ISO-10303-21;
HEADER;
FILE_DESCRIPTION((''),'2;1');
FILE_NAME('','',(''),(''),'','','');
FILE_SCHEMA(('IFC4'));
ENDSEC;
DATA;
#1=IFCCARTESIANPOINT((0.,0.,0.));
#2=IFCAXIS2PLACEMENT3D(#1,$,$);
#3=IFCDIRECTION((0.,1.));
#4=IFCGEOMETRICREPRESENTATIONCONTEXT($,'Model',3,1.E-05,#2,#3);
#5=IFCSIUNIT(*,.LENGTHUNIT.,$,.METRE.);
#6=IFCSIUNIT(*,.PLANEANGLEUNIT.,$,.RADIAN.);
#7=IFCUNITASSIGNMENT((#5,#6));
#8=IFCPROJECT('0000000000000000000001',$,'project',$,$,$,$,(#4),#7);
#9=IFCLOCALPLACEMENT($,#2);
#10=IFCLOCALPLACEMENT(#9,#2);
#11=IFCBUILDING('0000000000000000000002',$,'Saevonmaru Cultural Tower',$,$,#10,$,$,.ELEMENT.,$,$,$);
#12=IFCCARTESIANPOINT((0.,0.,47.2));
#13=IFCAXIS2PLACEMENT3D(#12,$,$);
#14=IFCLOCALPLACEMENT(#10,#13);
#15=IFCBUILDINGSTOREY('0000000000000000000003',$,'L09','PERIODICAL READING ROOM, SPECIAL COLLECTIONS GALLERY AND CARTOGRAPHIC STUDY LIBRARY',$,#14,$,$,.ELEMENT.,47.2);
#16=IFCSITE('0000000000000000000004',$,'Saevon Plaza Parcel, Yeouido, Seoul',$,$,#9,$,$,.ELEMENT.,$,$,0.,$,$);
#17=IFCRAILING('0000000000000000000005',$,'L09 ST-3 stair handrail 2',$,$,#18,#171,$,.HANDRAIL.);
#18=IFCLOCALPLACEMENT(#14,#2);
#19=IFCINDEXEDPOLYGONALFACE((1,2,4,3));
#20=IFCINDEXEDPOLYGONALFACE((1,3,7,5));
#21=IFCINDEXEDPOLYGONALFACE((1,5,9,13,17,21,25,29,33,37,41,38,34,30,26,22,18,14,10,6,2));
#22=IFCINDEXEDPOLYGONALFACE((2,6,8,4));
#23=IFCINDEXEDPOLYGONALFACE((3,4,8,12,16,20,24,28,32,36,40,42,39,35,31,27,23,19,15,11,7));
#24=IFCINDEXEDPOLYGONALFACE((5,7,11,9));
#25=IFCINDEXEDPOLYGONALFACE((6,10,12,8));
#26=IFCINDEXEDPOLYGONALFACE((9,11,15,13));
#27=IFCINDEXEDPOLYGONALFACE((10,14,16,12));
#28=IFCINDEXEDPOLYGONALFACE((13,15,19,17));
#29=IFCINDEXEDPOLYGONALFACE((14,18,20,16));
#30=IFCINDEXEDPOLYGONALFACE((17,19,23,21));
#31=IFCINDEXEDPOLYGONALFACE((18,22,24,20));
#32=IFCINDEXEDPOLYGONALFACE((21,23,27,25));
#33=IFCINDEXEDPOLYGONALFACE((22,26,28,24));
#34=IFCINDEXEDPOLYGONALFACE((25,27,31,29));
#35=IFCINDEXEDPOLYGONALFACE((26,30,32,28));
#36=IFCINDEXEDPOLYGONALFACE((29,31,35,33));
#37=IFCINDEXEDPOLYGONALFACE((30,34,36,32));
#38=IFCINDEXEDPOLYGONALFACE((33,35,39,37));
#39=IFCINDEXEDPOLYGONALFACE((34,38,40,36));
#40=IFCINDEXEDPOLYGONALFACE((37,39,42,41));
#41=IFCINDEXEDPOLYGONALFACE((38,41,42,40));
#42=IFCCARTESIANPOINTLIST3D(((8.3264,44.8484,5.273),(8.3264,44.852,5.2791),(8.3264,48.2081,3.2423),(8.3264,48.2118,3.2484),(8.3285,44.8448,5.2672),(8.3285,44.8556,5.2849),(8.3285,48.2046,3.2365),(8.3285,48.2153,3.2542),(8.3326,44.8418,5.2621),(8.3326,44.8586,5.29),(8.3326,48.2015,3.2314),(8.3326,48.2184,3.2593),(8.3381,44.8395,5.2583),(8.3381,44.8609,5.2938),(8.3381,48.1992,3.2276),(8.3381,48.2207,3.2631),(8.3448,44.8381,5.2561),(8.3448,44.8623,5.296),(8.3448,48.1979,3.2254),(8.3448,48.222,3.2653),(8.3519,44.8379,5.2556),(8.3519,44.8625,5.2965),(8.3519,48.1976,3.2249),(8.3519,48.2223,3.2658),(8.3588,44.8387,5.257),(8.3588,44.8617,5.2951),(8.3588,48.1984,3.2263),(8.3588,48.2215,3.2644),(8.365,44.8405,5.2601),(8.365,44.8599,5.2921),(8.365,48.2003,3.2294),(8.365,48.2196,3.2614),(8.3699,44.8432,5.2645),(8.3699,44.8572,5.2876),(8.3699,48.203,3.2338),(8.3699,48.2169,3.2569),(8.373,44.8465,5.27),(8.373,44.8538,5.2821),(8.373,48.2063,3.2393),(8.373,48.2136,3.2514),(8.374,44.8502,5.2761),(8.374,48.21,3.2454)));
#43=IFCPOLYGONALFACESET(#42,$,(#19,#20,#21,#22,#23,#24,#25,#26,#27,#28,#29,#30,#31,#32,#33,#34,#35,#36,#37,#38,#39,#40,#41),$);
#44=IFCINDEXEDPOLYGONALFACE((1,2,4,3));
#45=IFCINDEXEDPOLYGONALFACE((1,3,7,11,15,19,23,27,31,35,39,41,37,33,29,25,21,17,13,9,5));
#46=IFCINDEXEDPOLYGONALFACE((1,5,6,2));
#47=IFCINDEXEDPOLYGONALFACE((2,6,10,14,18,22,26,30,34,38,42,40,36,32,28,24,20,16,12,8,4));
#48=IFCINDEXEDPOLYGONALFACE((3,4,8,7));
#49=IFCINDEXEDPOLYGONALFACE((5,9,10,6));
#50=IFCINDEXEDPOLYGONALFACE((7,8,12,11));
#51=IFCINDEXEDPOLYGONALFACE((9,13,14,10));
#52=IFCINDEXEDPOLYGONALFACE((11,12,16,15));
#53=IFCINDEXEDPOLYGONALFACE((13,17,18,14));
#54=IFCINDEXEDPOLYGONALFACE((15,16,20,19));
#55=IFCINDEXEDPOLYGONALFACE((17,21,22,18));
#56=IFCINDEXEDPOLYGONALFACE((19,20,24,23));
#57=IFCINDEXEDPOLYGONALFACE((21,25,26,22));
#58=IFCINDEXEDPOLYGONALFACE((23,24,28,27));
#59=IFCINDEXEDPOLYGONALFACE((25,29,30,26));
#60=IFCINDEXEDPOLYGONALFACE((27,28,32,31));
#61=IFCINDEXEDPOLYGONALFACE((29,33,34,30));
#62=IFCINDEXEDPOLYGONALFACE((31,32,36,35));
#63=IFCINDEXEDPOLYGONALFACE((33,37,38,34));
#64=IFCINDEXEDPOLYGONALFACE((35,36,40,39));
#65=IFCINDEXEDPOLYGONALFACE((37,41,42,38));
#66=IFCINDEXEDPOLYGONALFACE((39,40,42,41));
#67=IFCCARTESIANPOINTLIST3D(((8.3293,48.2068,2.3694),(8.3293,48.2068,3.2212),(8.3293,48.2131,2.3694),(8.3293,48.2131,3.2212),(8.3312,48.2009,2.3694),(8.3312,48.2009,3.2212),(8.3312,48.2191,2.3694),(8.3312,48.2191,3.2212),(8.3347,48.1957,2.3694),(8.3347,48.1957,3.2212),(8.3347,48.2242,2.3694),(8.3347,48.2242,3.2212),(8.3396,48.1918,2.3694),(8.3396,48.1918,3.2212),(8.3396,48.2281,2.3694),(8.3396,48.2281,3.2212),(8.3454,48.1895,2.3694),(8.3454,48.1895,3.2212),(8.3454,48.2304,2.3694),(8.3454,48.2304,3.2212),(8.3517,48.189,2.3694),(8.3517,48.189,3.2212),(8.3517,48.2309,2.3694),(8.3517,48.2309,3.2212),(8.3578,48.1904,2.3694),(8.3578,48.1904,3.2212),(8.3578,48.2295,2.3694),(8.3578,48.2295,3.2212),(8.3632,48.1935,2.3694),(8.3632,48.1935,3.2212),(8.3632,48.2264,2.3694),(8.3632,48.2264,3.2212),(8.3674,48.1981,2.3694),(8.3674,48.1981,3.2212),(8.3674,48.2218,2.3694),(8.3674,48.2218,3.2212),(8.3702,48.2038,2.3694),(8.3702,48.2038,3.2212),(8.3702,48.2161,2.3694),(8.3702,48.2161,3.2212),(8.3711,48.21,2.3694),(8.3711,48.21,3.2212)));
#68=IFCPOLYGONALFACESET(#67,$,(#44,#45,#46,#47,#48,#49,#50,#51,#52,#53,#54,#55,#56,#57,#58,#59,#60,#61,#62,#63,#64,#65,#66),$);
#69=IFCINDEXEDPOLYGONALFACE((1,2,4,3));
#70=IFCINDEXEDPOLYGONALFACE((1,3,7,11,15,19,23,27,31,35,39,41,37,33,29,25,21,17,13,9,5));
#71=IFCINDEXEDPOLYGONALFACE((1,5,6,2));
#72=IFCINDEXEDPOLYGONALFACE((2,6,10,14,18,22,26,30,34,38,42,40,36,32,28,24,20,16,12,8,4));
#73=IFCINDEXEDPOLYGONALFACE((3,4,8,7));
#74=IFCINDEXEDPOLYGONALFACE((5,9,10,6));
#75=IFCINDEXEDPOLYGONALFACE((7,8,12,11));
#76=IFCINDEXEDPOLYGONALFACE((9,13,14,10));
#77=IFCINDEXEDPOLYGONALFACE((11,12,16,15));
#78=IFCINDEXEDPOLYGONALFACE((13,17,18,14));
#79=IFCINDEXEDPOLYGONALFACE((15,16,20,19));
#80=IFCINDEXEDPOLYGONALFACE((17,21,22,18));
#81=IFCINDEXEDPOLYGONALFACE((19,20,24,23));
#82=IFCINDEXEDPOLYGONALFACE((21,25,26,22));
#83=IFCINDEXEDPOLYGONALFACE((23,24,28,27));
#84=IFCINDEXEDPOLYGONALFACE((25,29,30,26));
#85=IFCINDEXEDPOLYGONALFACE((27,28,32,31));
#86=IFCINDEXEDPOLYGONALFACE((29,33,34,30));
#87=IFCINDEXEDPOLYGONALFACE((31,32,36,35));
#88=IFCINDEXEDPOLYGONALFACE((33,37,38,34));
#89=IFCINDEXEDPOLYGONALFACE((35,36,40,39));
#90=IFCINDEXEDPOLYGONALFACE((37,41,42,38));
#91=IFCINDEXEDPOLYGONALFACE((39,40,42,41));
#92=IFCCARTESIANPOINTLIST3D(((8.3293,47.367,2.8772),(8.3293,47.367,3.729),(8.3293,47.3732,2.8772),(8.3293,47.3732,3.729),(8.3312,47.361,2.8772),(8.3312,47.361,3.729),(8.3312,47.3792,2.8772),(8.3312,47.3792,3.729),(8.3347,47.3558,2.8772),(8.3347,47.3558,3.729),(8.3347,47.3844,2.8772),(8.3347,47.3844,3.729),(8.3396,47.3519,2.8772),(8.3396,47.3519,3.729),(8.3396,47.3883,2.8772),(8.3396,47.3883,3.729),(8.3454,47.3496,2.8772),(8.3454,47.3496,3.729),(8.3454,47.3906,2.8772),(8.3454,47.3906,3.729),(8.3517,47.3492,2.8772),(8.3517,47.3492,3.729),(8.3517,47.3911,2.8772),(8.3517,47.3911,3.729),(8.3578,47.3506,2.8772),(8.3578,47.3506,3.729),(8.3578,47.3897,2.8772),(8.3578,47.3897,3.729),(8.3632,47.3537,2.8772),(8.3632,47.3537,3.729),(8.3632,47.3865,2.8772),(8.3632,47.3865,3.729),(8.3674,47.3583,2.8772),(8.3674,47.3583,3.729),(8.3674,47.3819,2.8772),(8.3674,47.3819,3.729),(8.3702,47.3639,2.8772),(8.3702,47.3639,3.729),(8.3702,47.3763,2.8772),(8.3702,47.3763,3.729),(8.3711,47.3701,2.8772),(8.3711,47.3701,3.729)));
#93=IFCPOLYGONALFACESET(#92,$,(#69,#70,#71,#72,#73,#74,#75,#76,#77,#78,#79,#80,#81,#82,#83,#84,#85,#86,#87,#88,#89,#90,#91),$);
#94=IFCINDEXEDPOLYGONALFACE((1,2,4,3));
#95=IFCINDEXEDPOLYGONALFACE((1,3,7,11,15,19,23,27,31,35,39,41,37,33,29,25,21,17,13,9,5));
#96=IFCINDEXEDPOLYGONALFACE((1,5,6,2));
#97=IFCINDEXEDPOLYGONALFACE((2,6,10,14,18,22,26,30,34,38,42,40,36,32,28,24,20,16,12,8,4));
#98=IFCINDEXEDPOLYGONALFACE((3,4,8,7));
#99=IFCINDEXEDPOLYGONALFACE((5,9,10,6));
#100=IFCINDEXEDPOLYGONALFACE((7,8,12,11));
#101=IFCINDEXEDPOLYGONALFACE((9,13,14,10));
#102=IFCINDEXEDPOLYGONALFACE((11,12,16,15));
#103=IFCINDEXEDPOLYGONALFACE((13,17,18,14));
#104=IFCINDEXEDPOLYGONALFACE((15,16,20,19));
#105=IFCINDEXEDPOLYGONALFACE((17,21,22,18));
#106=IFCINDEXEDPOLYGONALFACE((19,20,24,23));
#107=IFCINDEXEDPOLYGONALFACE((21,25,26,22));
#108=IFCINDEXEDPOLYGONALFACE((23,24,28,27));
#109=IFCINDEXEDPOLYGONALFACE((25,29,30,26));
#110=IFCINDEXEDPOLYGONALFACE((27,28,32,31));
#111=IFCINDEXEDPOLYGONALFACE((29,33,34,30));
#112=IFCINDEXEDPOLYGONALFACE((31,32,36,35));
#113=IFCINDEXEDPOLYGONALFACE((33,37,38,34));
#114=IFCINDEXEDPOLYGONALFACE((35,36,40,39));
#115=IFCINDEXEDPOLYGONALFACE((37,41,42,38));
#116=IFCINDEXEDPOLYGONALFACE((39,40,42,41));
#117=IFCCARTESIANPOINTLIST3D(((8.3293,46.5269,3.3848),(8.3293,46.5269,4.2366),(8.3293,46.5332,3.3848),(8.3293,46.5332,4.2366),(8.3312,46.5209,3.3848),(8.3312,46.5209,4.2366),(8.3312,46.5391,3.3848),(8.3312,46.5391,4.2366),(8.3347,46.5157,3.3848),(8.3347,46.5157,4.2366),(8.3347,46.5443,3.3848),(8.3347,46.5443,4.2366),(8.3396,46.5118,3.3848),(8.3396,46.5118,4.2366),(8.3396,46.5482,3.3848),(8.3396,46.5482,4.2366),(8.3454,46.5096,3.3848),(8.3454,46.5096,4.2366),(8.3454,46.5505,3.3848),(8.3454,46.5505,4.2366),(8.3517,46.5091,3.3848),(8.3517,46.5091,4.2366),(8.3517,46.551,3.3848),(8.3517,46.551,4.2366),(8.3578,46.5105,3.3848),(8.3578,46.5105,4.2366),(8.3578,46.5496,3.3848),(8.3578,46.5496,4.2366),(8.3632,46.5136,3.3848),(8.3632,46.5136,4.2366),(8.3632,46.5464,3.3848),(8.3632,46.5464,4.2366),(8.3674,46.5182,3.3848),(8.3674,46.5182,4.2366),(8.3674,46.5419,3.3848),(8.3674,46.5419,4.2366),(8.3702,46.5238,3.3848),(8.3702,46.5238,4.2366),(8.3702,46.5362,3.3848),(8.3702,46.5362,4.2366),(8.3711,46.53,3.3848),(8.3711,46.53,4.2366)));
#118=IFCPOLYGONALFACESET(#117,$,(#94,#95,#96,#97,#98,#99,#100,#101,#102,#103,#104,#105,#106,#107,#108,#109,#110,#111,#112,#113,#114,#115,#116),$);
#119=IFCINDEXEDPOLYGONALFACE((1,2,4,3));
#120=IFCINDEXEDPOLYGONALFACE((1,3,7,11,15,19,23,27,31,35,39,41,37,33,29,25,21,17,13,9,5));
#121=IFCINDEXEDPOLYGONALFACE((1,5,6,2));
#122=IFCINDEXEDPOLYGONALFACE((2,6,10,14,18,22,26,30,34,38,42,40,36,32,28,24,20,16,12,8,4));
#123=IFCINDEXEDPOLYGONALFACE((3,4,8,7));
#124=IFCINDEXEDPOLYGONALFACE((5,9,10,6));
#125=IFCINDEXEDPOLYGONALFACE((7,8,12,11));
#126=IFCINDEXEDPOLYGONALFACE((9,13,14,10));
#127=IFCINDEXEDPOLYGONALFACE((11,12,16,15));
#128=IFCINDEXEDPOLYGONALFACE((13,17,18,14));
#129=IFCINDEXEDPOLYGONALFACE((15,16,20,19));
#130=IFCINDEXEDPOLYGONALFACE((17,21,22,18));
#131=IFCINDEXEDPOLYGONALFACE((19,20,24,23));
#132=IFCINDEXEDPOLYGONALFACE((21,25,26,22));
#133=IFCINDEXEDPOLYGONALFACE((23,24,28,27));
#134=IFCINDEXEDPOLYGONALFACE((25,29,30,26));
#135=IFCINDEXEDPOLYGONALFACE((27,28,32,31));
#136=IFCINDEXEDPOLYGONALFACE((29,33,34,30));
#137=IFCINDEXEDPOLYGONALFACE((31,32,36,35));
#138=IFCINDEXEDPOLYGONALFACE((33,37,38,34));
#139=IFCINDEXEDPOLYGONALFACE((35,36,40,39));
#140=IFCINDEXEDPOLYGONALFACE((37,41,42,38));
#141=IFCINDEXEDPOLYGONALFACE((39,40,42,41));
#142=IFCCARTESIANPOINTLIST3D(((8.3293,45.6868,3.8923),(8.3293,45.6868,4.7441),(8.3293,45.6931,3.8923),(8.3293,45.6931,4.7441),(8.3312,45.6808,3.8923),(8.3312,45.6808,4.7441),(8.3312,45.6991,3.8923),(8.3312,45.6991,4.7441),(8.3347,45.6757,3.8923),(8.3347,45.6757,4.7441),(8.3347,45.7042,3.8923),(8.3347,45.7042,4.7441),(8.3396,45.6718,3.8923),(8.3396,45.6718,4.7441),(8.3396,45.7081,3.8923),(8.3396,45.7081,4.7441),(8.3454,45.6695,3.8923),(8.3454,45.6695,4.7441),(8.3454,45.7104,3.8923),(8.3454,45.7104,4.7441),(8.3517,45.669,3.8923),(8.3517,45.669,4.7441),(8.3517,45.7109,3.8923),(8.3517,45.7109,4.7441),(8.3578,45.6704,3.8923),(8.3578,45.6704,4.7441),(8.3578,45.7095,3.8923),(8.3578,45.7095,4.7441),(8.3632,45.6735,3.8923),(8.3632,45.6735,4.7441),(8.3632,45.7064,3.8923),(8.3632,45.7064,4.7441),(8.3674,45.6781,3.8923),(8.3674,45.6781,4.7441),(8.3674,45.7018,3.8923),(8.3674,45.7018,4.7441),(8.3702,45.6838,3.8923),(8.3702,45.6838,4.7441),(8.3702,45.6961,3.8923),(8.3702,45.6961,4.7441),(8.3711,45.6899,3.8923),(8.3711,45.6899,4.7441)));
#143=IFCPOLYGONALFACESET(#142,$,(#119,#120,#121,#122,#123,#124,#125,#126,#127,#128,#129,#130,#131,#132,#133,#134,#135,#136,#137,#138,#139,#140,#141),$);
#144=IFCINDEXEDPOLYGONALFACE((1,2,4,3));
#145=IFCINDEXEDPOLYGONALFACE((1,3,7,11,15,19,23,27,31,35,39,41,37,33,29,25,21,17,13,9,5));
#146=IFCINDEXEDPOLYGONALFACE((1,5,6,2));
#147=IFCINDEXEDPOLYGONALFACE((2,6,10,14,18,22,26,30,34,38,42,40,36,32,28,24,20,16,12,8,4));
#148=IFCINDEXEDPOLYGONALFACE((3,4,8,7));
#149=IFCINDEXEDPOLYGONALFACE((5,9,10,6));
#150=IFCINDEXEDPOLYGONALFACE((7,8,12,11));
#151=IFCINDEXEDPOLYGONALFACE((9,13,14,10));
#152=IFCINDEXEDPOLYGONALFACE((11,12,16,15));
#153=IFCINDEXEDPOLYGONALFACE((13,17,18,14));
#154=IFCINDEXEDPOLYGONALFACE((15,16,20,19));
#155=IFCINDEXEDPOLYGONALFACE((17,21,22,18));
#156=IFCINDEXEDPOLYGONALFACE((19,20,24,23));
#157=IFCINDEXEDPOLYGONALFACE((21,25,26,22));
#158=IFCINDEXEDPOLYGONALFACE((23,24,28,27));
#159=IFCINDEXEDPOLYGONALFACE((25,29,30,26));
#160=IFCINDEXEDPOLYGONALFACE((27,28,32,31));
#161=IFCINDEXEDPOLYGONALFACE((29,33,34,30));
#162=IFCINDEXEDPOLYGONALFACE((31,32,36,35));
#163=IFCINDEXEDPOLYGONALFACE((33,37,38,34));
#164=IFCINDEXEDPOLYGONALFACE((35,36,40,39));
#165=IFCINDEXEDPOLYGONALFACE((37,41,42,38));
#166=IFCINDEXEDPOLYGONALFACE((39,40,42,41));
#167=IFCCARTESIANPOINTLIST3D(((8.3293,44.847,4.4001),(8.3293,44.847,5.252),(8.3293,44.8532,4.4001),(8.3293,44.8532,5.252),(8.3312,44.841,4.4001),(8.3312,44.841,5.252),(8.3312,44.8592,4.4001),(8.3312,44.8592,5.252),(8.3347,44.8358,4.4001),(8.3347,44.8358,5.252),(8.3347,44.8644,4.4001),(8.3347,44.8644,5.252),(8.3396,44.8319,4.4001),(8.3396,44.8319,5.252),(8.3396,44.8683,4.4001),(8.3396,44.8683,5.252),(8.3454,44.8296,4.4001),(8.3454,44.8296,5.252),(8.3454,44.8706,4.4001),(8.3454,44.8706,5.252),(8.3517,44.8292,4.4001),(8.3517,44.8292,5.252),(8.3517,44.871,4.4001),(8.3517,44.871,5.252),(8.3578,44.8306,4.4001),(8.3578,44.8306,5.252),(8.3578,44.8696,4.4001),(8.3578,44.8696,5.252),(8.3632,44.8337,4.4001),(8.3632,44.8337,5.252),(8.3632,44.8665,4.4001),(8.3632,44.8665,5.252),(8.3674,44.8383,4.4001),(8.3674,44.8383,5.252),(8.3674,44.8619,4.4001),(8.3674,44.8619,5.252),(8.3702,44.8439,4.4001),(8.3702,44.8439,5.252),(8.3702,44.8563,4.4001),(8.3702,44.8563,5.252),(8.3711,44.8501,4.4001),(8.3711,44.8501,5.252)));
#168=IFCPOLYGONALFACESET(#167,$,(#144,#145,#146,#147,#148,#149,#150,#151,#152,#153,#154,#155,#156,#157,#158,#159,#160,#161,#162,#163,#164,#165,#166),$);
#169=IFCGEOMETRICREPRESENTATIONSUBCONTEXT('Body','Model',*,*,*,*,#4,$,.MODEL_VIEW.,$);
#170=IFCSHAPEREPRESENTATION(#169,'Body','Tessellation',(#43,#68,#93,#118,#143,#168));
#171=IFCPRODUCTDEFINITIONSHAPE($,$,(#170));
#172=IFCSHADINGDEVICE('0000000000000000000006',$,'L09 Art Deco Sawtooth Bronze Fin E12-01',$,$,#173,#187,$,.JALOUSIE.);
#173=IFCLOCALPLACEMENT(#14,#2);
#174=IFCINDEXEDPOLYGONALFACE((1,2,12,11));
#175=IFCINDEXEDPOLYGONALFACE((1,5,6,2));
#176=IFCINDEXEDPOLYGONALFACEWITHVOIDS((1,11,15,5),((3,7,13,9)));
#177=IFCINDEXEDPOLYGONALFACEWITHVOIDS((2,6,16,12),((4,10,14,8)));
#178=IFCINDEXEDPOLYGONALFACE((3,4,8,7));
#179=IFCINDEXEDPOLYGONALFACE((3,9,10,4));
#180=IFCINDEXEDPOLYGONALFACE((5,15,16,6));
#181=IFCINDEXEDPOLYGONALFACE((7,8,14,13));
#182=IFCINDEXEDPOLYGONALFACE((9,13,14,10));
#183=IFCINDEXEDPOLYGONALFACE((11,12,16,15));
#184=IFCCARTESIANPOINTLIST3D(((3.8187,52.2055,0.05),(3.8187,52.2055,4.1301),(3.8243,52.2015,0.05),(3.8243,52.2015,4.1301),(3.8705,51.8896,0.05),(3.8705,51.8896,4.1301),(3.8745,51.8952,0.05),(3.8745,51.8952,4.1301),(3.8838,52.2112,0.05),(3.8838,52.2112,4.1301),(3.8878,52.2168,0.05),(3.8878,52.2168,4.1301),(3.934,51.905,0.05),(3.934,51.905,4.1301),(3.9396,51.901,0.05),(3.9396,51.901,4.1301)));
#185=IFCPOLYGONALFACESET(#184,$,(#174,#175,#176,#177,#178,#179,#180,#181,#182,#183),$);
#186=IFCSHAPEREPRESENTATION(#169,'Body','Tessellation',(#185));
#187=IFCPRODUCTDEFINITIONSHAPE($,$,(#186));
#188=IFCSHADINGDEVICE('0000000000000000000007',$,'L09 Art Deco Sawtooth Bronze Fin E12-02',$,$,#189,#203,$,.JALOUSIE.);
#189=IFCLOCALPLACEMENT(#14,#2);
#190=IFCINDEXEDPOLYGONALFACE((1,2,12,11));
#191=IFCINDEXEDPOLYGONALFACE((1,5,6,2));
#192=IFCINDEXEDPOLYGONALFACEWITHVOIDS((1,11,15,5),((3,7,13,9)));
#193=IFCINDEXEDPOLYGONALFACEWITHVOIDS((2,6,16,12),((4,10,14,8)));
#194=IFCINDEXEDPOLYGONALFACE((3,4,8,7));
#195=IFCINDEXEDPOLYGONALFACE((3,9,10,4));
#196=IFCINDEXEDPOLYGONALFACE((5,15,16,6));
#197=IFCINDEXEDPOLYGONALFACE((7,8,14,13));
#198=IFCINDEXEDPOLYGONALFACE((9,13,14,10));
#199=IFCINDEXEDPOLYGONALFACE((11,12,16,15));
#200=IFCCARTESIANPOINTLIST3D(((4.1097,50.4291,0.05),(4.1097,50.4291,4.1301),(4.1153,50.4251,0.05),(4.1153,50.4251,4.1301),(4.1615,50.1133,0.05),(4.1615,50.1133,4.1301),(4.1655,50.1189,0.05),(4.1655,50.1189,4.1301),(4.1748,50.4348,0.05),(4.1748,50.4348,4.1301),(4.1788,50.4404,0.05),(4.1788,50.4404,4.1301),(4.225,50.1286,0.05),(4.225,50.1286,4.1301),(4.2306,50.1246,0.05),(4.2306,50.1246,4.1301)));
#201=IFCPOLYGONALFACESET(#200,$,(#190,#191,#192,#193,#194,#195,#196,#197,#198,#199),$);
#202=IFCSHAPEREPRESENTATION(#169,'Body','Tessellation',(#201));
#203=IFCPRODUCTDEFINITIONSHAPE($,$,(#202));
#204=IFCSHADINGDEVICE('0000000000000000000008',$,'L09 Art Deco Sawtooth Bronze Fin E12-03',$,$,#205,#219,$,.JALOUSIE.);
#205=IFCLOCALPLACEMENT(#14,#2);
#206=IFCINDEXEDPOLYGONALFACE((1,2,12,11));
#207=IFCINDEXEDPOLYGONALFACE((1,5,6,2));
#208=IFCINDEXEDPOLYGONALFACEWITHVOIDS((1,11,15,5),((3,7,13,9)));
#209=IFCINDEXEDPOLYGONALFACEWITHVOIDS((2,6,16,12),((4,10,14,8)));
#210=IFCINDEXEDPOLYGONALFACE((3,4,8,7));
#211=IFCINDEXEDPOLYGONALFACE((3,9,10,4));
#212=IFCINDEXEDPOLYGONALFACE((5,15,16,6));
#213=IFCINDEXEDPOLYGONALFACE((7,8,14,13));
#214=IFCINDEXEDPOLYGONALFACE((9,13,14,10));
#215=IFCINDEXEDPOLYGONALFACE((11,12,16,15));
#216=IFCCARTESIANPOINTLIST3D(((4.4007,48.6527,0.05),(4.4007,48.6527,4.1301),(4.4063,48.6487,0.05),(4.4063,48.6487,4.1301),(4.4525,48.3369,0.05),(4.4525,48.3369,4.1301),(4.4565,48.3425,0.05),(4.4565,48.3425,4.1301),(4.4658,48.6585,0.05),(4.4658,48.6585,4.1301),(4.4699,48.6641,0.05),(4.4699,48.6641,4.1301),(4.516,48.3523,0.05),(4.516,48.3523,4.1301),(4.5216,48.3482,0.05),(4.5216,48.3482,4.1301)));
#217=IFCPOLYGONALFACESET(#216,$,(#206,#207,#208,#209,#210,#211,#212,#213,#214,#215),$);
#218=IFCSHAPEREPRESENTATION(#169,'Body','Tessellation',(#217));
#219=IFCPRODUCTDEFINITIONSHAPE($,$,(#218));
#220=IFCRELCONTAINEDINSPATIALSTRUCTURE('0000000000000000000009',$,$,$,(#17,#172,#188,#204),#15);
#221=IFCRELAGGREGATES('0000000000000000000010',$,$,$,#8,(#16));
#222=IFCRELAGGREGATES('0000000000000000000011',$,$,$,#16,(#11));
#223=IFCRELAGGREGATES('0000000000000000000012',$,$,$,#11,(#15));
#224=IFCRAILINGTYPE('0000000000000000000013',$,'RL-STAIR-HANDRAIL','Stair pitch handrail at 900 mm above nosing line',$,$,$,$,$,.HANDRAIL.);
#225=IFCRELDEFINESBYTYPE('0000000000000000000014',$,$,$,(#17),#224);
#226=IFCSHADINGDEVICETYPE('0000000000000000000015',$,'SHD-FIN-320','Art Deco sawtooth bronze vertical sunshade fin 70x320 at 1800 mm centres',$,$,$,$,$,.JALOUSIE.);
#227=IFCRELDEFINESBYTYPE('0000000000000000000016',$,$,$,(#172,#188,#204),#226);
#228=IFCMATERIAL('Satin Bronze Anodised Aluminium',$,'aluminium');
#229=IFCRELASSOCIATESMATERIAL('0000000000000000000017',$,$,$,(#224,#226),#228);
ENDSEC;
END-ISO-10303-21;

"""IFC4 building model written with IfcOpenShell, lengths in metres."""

from ifc_helpers import new_model, si_unit, direction, frame, origin, origin_2d, place, context, subcontext, project, spatial, hollow_rectangle, circle, extrude, material, material_profile, profile_set, type_object, element, save


model = new_model("IFC4")

# Units and contexts
model_context = context("Model", 3, precision=1e-05, world=origin(), true_north=direction((0.0, 1.0)))
body_context = subcontext(model_context, "Body", "Model", "MODEL_VIEW")
ifc_project = project(units=[si_unit("LENGTHUNIT", "METRE"), si_unit("PLANEANGLEUNIT", "RADIAN")], contexts=[model_context])

# Site, building, storey
site_placement = place(None, origin())
site = spatial("IfcSite", under=ifc_project, at=site_placement, Name="Saevon Plaza Parcel, Yeouido, Seoul", CompositionType="ELEMENT", RefElevation=0.0)
building_placement = place(site_placement, origin())
building = spatial("IfcBuilding", under=site, at=building_placement, Name="Saevonmaru Cultural Tower", CompositionType="ELEMENT")
storey_placement = place(building_placement, frame((0.0, 0.0, 47.2)))
storey = spatial("IfcBuildingStorey", under=building, at=storey_placement, Name="L09", Description="PERIODICAL READING ROOM, SPECIAL COLLECTIONS GALLERY AND CARTOGRAPHIC STUDY LIBRARY", CompositionType="ELEMENT", Elevation=47.2)

# Shared definitions
ifc_material_1 = material(Name="Satin Bronze Anodised Aluminium", Category="aluminium")

# Railing
railing_type_1 = type_object("IfcRailingType", Name="RL-STAIR-HANDRAIL", Description="Stair pitch handrail at 900 mm above nosing line", PredefinedType="HANDRAIL", material=ifc_material_1)
railing_1_placement = place(storey_placement, frame((8.3501, 48.21, 2.3694)))
element("IfcRailing", 1, at=railing_1_placement, inside=storey, type_object=railing_type_1, Name="L09 ST-3 stair handrail 2", PredefinedType="HANDRAIL", context=body_context, shape_type="SweptSolid", body=[
    extrude(circle(Radius=0.0239, at=origin_2d()), frame((0.0, 0.0, 0.876), z_axis=(0.0, -0.85582, 0.517273), x_axis=(1.0, 0.0, 0.0)), (0.0, 0.0, 1.0), 3.9258),
    extrude(circle(Radius=0.021, at=origin_2d()), origin(), (0.0, 0.0, 1.0), 0.8518),
    extrude(circle(Radius=0.021, at=origin_2d()), frame((0.0, -0.8398, 0.5078)), (0.0, 0.0, 1.0), 0.8518),
    extrude(circle(Radius=0.021, at=origin_2d()), frame((0.0, -1.6799, 1.0154)), (0.0, 0.0, 1.0), 0.8518),
    extrude(circle(Radius=0.021, at=origin_2d()), frame((0.0, -2.52, 1.5229)), (0.0, 0.0, 1.0), 0.8518),
    extrude(circle(Radius=0.021, at=origin_2d()), frame((0.0, -3.3599, 2.0308)), (0.0, 0.0, 1.0), 0.8518),
])

# Shading devices
ifc_material_profile_1 = material_profile(ifc_material_1, hollow_rectangle(XDim=0.0701, YDim=0.3201, WallThickness=0.0049, at=origin_2d()), Name="FIN-320x70")
ifc_profile_set_1 = profile_set([ifc_material_profile_1], Name="Satin Bronze Anodised Aluminium")
shading_device_type = type_object("IfcShadingDeviceType", Name="SHD-FIN-320", Description="Art Deco sawtooth bronze vertical sunshade fin 70x320 at 1800 mm centres", PredefinedType="JALOUSIE", material=ifc_profile_set_1)
for number, where, z_axis, x_axis, name in (
    (2, (3.8792, 52.0532, 0.05), (0.0, 0.0, 1.0), (-0.986827, -0.161776, 0.0), "L09 Art Deco Sawtooth Bronze Fin E12-01"),
    (3, (4.1702, 50.2769, 0.05), (0.0, 0.0, 1.0), (-0.986827, -0.161776, 0.0), "L09 Art Deco Sawtooth Bronze Fin E12-02"),
    (4, (4.4612, 48.5005, 0.05), (0.0, 0.0, 1.0), (-0.986827, -0.161776, 0.0), "L09 Art Deco Sawtooth Bronze Fin E12-03"),
):
    element("IfcShadingDevice", number, at=place(storey_placement, frame(where, z_axis=z_axis, x_axis=x_axis)), inside=storey, type_object=shading_device_type, Name=name, PredefinedType="JALOUSIE", context=body_context, shape_type="SweptSolid", body=[
        extrude(hollow_rectangle(XDim=0.0701, YDim=0.3201, WallThickness=0.0049, at=origin_2d()), origin(), (0.0, 0.0, 1.0), 4.0801),
    ])

save(model, "model.ifc")
